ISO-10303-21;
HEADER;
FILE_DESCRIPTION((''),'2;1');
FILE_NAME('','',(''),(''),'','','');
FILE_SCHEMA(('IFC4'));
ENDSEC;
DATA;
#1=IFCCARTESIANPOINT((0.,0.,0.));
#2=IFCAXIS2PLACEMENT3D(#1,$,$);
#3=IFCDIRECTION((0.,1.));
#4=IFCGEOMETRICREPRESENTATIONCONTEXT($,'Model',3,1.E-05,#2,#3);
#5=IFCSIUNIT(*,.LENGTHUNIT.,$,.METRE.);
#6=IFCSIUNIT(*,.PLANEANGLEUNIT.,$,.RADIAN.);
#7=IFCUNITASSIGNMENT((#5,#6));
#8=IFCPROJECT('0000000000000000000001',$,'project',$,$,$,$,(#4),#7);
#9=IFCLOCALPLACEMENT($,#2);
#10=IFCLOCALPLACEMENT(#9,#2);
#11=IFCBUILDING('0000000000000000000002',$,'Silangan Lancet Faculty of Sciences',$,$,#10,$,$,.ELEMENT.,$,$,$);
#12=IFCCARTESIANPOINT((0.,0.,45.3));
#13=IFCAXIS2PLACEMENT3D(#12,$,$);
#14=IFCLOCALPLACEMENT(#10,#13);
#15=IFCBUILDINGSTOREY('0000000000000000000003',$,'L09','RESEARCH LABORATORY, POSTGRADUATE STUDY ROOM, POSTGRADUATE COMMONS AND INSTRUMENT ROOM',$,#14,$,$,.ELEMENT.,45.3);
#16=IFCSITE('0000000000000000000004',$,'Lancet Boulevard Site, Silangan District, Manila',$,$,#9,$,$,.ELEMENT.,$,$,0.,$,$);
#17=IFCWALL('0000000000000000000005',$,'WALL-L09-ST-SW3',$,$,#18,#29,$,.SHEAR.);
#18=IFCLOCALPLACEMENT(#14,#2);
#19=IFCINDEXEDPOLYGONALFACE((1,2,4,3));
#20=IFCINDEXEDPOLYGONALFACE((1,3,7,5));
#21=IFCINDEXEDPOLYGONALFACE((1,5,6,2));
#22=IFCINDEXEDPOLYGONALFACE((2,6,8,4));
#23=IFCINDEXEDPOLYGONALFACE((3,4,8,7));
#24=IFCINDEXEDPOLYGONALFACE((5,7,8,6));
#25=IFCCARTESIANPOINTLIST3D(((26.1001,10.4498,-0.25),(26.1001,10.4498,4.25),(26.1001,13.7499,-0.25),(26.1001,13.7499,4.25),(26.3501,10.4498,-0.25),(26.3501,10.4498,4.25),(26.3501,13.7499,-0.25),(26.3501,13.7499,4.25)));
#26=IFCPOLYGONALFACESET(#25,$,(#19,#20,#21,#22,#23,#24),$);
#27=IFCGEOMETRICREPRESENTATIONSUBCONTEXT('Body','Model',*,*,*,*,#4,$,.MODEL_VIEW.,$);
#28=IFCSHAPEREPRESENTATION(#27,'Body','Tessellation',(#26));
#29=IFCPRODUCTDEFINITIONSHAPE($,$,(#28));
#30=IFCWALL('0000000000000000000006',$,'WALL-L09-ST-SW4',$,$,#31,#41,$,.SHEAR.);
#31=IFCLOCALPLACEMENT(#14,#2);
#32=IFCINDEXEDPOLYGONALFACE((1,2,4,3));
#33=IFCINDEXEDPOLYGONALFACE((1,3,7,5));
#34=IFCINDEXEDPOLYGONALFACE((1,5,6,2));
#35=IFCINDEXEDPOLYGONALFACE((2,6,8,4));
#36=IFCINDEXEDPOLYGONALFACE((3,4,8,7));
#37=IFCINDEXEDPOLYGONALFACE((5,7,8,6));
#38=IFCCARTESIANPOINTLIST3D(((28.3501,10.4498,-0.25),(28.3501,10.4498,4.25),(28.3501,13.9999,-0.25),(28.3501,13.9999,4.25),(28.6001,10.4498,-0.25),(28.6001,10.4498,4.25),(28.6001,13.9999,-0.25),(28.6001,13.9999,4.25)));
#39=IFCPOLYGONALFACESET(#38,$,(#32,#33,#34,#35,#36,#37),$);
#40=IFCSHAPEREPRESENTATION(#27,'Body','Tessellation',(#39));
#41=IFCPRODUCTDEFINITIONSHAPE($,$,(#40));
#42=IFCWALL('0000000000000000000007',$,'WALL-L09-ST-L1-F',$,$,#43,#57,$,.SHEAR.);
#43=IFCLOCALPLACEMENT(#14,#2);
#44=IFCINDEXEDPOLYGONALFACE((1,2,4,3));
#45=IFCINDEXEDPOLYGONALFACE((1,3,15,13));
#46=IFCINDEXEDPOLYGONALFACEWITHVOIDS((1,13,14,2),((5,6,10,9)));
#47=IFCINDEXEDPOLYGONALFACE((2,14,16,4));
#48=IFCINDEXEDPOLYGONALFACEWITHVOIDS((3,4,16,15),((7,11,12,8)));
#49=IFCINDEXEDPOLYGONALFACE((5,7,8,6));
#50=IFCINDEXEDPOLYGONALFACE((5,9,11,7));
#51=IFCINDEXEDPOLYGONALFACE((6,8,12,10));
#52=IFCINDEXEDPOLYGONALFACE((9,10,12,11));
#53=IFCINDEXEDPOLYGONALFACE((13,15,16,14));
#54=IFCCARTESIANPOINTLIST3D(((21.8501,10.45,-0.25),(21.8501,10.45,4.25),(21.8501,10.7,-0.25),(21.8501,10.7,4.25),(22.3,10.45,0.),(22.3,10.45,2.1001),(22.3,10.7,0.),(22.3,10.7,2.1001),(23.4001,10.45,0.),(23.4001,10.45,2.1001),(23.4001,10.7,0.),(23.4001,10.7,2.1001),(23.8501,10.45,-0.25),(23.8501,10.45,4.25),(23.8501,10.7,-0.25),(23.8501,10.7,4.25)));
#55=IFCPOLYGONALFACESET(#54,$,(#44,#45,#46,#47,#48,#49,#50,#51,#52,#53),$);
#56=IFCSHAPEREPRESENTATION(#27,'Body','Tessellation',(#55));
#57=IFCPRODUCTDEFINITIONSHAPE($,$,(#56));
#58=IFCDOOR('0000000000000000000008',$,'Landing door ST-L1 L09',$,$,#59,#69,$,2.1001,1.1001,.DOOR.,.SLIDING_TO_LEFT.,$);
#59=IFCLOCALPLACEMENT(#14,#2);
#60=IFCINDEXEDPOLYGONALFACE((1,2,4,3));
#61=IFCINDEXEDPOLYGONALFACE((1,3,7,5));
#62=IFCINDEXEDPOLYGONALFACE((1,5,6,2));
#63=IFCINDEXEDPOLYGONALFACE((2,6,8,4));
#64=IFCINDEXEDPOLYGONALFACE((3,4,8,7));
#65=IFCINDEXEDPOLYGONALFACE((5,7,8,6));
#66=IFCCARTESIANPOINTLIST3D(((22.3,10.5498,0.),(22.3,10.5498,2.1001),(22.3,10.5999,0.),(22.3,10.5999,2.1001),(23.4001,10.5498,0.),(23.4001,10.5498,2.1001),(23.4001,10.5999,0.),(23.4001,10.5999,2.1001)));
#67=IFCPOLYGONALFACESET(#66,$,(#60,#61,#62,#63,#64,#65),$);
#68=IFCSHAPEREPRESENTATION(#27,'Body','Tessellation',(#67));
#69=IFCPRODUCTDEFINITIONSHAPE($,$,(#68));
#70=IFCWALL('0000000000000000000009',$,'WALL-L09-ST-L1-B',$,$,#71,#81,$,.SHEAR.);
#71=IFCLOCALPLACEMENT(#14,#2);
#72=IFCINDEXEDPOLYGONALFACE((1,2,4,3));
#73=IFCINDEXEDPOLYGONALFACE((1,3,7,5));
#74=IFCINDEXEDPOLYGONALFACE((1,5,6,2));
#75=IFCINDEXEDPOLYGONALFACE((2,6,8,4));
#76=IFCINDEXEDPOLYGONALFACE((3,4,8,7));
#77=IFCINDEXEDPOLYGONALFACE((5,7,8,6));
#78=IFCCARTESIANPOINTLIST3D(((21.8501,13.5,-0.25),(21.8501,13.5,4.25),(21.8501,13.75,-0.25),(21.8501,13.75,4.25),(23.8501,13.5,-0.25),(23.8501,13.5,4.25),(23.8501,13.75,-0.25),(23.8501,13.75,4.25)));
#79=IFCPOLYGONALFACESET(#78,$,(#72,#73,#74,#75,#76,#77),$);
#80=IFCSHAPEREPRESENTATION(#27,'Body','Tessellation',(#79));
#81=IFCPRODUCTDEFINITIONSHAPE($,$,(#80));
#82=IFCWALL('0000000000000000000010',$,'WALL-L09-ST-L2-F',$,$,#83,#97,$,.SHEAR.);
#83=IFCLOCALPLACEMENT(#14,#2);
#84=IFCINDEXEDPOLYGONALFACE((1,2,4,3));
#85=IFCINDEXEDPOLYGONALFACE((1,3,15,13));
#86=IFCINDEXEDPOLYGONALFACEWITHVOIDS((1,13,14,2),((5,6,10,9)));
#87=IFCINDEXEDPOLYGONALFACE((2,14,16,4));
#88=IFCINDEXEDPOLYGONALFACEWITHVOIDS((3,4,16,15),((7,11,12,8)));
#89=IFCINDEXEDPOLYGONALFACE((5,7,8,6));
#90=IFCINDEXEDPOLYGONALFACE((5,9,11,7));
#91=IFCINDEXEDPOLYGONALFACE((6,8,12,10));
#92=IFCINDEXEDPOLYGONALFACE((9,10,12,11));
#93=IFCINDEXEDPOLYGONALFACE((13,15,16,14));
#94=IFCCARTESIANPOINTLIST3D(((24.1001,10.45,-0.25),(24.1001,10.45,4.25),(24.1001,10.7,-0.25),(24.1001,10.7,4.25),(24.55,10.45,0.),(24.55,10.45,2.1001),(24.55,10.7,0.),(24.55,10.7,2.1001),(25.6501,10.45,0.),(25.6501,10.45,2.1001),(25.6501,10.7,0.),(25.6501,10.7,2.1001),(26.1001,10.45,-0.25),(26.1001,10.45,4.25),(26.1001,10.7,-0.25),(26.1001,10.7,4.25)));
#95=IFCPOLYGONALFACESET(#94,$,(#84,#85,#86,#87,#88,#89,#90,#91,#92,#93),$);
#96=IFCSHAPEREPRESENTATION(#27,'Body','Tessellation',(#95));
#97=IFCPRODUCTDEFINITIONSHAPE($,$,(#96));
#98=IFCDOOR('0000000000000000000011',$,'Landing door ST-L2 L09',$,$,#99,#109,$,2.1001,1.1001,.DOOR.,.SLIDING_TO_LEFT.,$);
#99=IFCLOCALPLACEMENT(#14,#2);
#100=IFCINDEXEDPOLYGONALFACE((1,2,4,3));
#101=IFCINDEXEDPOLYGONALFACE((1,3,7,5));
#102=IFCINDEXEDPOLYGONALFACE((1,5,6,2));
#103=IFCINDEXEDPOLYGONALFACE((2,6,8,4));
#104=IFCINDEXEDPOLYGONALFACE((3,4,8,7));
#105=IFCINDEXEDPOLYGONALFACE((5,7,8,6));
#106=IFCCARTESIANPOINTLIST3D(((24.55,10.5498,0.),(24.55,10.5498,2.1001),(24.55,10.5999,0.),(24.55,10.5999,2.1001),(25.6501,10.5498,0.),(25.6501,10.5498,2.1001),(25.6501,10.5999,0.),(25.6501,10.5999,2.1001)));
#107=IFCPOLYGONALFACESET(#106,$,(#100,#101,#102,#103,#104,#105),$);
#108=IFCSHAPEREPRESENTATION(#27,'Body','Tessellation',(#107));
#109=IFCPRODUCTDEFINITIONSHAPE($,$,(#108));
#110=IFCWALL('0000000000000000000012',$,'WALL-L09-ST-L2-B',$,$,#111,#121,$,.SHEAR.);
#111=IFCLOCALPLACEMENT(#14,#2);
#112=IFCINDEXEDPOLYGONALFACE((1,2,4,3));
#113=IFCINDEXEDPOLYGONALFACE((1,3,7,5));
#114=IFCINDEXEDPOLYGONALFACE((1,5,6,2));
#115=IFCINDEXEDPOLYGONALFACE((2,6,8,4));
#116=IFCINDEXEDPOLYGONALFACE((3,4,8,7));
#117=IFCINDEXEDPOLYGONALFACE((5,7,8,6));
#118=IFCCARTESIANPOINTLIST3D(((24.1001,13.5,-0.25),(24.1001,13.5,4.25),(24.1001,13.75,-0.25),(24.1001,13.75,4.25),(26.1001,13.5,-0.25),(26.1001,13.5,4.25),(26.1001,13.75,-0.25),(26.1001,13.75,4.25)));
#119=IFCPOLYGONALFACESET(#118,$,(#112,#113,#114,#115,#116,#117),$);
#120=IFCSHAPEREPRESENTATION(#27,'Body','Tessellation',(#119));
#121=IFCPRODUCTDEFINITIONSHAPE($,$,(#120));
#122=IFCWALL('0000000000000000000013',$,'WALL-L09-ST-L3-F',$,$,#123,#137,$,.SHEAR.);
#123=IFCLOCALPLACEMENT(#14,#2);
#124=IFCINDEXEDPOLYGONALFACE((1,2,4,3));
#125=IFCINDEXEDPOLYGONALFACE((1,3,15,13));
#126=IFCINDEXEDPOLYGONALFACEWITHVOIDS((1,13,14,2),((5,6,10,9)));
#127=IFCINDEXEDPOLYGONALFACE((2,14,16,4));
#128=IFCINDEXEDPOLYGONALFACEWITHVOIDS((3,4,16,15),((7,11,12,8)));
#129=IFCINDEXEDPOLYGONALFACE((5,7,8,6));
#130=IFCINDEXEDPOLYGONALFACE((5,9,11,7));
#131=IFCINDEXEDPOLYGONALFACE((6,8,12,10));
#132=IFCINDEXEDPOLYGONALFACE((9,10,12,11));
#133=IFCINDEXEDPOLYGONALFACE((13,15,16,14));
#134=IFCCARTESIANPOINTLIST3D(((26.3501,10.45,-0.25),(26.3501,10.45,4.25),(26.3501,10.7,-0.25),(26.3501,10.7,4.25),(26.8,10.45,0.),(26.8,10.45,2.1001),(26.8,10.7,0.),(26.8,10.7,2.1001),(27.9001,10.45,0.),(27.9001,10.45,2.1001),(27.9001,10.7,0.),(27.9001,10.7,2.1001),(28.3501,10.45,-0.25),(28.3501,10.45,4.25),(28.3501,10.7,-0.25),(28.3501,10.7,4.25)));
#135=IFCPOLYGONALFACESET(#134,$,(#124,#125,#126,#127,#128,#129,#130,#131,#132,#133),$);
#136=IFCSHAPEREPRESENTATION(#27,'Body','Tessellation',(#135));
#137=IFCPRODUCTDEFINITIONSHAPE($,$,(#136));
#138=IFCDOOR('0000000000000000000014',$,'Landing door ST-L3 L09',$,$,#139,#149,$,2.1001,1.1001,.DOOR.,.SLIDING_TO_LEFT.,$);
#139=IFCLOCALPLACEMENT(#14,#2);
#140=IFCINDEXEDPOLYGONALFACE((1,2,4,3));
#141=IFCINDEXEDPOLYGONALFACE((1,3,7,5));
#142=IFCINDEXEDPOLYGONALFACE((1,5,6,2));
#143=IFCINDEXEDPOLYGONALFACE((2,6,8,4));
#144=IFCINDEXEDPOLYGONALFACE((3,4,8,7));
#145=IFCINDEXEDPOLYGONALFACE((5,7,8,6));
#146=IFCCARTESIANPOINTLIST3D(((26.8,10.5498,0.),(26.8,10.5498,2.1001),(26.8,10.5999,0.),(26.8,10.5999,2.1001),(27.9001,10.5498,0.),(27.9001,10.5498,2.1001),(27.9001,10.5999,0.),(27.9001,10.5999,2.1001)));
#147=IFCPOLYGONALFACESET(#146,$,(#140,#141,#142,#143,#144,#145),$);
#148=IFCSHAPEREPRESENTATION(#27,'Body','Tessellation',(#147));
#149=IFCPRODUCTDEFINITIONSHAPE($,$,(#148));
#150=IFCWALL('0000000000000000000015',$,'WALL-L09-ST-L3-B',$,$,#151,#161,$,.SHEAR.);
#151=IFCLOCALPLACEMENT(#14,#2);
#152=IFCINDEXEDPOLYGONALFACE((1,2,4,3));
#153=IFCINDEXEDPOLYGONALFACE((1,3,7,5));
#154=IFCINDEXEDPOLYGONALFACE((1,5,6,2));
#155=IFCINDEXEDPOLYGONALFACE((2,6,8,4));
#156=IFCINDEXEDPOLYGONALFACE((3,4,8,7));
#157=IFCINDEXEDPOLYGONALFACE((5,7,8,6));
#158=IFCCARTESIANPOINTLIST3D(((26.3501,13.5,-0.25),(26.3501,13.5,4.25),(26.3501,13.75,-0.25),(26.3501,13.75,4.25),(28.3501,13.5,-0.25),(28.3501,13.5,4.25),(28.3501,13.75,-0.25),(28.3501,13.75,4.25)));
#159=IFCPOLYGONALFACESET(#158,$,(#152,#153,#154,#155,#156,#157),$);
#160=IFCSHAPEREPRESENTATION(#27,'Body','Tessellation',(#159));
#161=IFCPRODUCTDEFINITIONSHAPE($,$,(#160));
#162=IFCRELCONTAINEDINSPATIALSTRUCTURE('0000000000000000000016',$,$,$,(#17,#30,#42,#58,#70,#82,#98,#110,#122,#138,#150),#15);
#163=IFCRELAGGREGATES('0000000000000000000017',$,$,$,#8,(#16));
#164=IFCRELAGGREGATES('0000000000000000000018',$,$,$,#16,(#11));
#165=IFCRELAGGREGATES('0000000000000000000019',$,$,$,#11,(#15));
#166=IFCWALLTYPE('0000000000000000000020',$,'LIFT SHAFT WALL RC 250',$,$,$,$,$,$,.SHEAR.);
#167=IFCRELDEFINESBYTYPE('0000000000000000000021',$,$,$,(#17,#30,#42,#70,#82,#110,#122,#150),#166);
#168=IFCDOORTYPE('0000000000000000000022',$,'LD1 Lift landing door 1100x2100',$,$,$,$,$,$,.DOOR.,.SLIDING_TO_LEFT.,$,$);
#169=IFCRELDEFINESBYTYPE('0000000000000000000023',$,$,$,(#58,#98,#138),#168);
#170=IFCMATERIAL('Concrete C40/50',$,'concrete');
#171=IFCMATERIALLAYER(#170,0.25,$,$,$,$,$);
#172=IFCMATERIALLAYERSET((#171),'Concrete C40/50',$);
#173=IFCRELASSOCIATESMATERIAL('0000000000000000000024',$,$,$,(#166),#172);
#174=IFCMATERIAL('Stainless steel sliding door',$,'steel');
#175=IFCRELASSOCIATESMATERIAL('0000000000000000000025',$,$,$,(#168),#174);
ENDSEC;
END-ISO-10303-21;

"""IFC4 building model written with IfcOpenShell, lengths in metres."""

from ifc_helpers import new_model, si_unit, direction, frame, frame_2d, origin, place, context, subcontext, project, spatial, rectangle, extrude, material, layer, layer_set, type_object, element, fill, save


model = new_model("IFC4")

# Units and contexts
model_context = context("Model", 3, precision=1e-05, world=origin(), true_north=direction((0.0, 1.0)))
body_context = subcontext(model_context, "Body", "Model", "MODEL_VIEW")
ifc_project = project(units=[si_unit("LENGTHUNIT", "METRE"), si_unit("PLANEANGLEUNIT", "RADIAN")], contexts=[model_context])

# Site, building, storey
site_placement = place(None, origin())
site = spatial("IfcSite", under=ifc_project, at=site_placement, Name="Lancet Boulevard Site, Silangan District, Manila", CompositionType="ELEMENT", RefElevation=0.0)
building_placement = place(site_placement, origin())
building = spatial("IfcBuilding", under=site, at=building_placement, Name="Silangan Lancet Faculty of Sciences", CompositionType="ELEMENT")
storey_placement = place(building_placement, frame((0.0, 0.0, 45.3)))
storey = spatial("IfcBuildingStorey", under=building, at=storey_placement, Name="L09", Description="RESEARCH LABORATORY, POSTGRADUATE STUDY ROOM, POSTGRADUATE COMMONS AND INSTRUMENT ROOM", CompositionType="ELEMENT", Elevation=45.3)

# Walls
ifc_material_1 = material(Name="Concrete C40/50", Category="concrete")
ifc_layer_1 = layer(ifc_material_1, 0.25)
ifc_layer_set_1 = layer_set([ifc_layer_1], Name="Concrete C40/50")
wall_type_1 = type_object("IfcWallType", Name="LIFT SHAFT WALL RC 250", PredefinedType="SHEAR", material=ifc_layer_set_1)
for number, where, z_axis, x_axis, name in (
    (1, (26.2251, 10.45, -0.25), (0.0, 0.0, 1.0), (0.0, 1.0, 0.0), "WALL-L09-ST-SW3"),
):
    element("IfcWall", number, at=place(storey_placement, frame(where, z_axis=z_axis, x_axis=x_axis)), inside=storey, type_object=wall_type_1, Name=name, PredefinedType="SHEAR", context=body_context, shape_type="SweptSolid", body=[
        extrude(rectangle(XDim=3.3, YDim=0.25, at=frame_2d((1.6499, 0.0))), origin(), (0.0, 0.0, 1.0), 4.5),
    ])
wall_1_placement = place(storey_placement, frame((28.4751, 10.45, -0.25), z_axis=(0.0, 0.0, 1.0), x_axis=(0.0, 1.0, 0.0)))
element("IfcWall", 2, at=wall_1_placement, inside=storey, type_object=wall_type_1, Name="WALL-L09-ST-SW4", PredefinedType="SHEAR", context=body_context, shape_type="SweptSolid", body=[
    extrude(rectangle(XDim=3.55, YDim=0.25, at=frame_2d((1.7749, 0.0))), origin(), (0.0, 0.0, 1.0), 4.5),
])

# Wall, opening, door
wall_2_placement = place(storey_placement, frame((21.8501, 10.575, -0.25), z_axis=(0.0, 0.0, 1.0), x_axis=(1.0, 0.0, 0.0)))
wall_2 = element("IfcWall", 3, at=wall_2_placement, inside=storey, type_object=wall_type_1, Name="WALL-L09-ST-L1-F", PredefinedType="SHEAR", context=body_context, shape_type="SweptSolid", body=[
    extrude(rectangle(XDim=2.0, YDim=0.25, at=frame_2d((1.0, 0.0))), origin(), (0.0, 0.0, 1.0), 4.5),
])
opening_1_placement = place(wall_2_placement, frame((0.45, 0.0, 0.25)))
opening_1 = element("IfcOpeningElement", 4, at=opening_1_placement, cuts=wall_2, PredefinedType="OPENING", context=body_context, shape_type="SweptSolid", body=[
    extrude(rectangle(XDim=1.1001, YDim=2.1001, at=frame_2d((0.55, 1.05))), frame((0.0, 0.135, 0.0), z_axis=(0.0, -1.0, 0.0), x_axis=(1.0, 0.0, 0.0)), (0.0, 0.0, 1.0), 0.27),
])
ifc_material_2 = material(Name="Stainless steel sliding door", Category="steel")
door_type_1 = type_object("IfcDoorType", Name="LD1 Lift landing door 1100x2100", OperationType="SLIDING_TO_LEFT", PredefinedType="DOOR", material=ifc_material_2)
door_1_placement = place(opening_1_placement, origin())
door_1 = element("IfcDoor", 5, at=door_1_placement, inside=storey, type_object=door_type_1, Name="Landing door ST-L1 L09", OperationType="SLIDING_TO_LEFT", OverallHeight=2.1001, OverallWidth=1.1001, PredefinedType="DOOR", context=body_context, shape_type="SweptSolid", body=[
    extrude(rectangle(XDim=1.1001, YDim=2.1001, at=frame_2d((0.55, 1.05))), frame((0.0, 0.0249, 0.0), z_axis=(0.0, -1.0, 0.0), x_axis=(1.0, 0.0, 0.0)), (0.0, 0.0, 1.0), 0.05),
])
fill(opening_1, door_1)

# Wall
wall_3_placement = place(storey_placement, frame((21.8501, 13.625, -0.25), z_axis=(0.0, 0.0, 1.0), x_axis=(1.0, 0.0, 0.0)))
element("IfcWall", 6, at=wall_3_placement, inside=storey, type_object=wall_type_1, Name="WALL-L09-ST-L1-B", PredefinedType="SHEAR", context=body_context, shape_type="SweptSolid", body=[
    extrude(rectangle(XDim=2.0, YDim=0.25, at=frame_2d((1.0, 0.0))), origin(), (0.0, 0.0, 1.0), 4.5),
])

# Wall, opening, door
wall_4_placement = place(storey_placement, frame((24.1001, 10.575, -0.25), z_axis=(0.0, 0.0, 1.0), x_axis=(1.0, 0.0, 0.0)))
wall_4 = element("IfcWall", 7, at=wall_4_placement, inside=storey, type_object=wall_type_1, Name="WALL-L09-ST-L2-F", PredefinedType="SHEAR", context=body_context, shape_type="SweptSolid", body=[
    extrude(rectangle(XDim=2.0, YDim=0.25, at=frame_2d((1.0, 0.0))), origin(), (0.0, 0.0, 1.0), 4.5),
])
opening_2_placement = place(wall_4_placement, frame((0.45, 0.0, 0.25)))
opening_2 = element("IfcOpeningElement", 8, at=opening_2_placement, cuts=wall_4, PredefinedType="OPENING", context=body_context, shape_type="SweptSolid", body=[
    extrude(rectangle(XDim=1.1001, YDim=2.1001, at=frame_2d((0.55, 1.05))), frame((0.0, 0.135, 0.0), z_axis=(0.0, -1.0, 0.0), x_axis=(1.0, 0.0, 0.0)), (0.0, 0.0, 1.0), 0.27),
])
door_2_placement = place(opening_2_placement, origin())
door_2 = element("IfcDoor", 9, at=door_2_placement, inside=storey, type_object=door_type_1, Name="Landing door ST-L2 L09", OperationType="SLIDING_TO_LEFT", OverallHeight=2.1001, OverallWidth=1.1001, PredefinedType="DOOR", context=body_context, shape_type="SweptSolid", body=[
    extrude(rectangle(XDim=1.1001, YDim=2.1001, at=frame_2d((0.55, 1.05))), frame((0.0, 0.0249, 0.0), z_axis=(0.0, -1.0, 0.0), x_axis=(1.0, 0.0, 0.0)), (0.0, 0.0, 1.0), 0.05),
])
fill(opening_2, door_2)

# Wall
wall_5_placement = place(storey_placement, frame((24.1001, 13.625, -0.25), z_axis=(0.0, 0.0, 1.0), x_axis=(1.0, 0.0, 0.0)))
element("IfcWall", 10, at=wall_5_placement, inside=storey, type_object=wall_type_1, Name="WALL-L09-ST-L2-B", PredefinedType="SHEAR", context=body_context, shape_type="SweptSolid", body=[
    extrude(rectangle(XDim=2.0, YDim=0.25, at=frame_2d((1.0, 0.0))), origin(), (0.0, 0.0, 1.0), 4.5),
])

# Wall, opening, door
wall_6_placement = place(storey_placement, frame((26.3501, 10.575, -0.25), z_axis=(0.0, 0.0, 1.0), x_axis=(1.0, 0.0, 0.0)))
wall_6 = element("IfcWall", 11, at=wall_6_placement, inside=storey, type_object=wall_type_1, Name="WALL-L09-ST-L3-F", PredefinedType="SHEAR", context=body_context, shape_type="SweptSolid", body=[
    extrude(rectangle(XDim=2.0, YDim=0.25, at=frame_2d((1.0, 0.0))), origin(), (0.0, 0.0, 1.0), 4.5),
])
opening_3_placement = place(wall_6_placement, frame((0.45, 0.0, 0.25)))
opening_3 = element("IfcOpeningElement", 12, at=opening_3_placement, cuts=wall_6, PredefinedType="OPENING", context=body_context, shape_type="SweptSolid", body=[
    extrude(rectangle(XDim=1.1001, YDim=2.1001, at=frame_2d((0.55, 1.05))), frame((0.0, 0.135, 0.0), z_axis=(0.0, -1.0, 0.0), x_axis=(1.0, 0.0, 0.0)), (0.0, 0.0, 1.0), 0.27),
])
door_3_placement = place(opening_3_placement, origin())
door_3 = element("IfcDoor", 13, at=door_3_placement, inside=storey, type_object=door_type_1, Name="Landing door ST-L3 L09", OperationType="SLIDING_TO_LEFT", OverallHeight=2.1001, OverallWidth=1.1001, PredefinedType="DOOR", context=body_context, shape_type="SweptSolid", body=[
    extrude(rectangle(XDim=1.1001, YDim=2.1001, at=frame_2d((0.55, 1.05))), frame((0.0, 0.0249, 0.0), z_axis=(0.0, -1.0, 0.0), x_axis=(1.0, 0.0, 0.0)), (0.0, 0.0, 1.0), 0.05),
])
fill(opening_3, door_3)

# Wall
wall_7_placement = place(storey_placement, frame((26.3501, 13.625, -0.25), z_axis=(0.0, 0.0, 1.0), x_axis=(1.0, 0.0, 0.0)))
element("IfcWall", 14, at=wall_7_placement, inside=storey, type_object=wall_type_1, Name="WALL-L09-ST-L3-B", PredefinedType="SHEAR", context=body_context, shape_type="SweptSolid", body=[
    extrude(rectangle(XDim=2.0, YDim=0.25, at=frame_2d((1.0, 0.0))), origin(), (0.0, 0.0, 1.0), 4.5),
])

save(model, "model.ifc")
